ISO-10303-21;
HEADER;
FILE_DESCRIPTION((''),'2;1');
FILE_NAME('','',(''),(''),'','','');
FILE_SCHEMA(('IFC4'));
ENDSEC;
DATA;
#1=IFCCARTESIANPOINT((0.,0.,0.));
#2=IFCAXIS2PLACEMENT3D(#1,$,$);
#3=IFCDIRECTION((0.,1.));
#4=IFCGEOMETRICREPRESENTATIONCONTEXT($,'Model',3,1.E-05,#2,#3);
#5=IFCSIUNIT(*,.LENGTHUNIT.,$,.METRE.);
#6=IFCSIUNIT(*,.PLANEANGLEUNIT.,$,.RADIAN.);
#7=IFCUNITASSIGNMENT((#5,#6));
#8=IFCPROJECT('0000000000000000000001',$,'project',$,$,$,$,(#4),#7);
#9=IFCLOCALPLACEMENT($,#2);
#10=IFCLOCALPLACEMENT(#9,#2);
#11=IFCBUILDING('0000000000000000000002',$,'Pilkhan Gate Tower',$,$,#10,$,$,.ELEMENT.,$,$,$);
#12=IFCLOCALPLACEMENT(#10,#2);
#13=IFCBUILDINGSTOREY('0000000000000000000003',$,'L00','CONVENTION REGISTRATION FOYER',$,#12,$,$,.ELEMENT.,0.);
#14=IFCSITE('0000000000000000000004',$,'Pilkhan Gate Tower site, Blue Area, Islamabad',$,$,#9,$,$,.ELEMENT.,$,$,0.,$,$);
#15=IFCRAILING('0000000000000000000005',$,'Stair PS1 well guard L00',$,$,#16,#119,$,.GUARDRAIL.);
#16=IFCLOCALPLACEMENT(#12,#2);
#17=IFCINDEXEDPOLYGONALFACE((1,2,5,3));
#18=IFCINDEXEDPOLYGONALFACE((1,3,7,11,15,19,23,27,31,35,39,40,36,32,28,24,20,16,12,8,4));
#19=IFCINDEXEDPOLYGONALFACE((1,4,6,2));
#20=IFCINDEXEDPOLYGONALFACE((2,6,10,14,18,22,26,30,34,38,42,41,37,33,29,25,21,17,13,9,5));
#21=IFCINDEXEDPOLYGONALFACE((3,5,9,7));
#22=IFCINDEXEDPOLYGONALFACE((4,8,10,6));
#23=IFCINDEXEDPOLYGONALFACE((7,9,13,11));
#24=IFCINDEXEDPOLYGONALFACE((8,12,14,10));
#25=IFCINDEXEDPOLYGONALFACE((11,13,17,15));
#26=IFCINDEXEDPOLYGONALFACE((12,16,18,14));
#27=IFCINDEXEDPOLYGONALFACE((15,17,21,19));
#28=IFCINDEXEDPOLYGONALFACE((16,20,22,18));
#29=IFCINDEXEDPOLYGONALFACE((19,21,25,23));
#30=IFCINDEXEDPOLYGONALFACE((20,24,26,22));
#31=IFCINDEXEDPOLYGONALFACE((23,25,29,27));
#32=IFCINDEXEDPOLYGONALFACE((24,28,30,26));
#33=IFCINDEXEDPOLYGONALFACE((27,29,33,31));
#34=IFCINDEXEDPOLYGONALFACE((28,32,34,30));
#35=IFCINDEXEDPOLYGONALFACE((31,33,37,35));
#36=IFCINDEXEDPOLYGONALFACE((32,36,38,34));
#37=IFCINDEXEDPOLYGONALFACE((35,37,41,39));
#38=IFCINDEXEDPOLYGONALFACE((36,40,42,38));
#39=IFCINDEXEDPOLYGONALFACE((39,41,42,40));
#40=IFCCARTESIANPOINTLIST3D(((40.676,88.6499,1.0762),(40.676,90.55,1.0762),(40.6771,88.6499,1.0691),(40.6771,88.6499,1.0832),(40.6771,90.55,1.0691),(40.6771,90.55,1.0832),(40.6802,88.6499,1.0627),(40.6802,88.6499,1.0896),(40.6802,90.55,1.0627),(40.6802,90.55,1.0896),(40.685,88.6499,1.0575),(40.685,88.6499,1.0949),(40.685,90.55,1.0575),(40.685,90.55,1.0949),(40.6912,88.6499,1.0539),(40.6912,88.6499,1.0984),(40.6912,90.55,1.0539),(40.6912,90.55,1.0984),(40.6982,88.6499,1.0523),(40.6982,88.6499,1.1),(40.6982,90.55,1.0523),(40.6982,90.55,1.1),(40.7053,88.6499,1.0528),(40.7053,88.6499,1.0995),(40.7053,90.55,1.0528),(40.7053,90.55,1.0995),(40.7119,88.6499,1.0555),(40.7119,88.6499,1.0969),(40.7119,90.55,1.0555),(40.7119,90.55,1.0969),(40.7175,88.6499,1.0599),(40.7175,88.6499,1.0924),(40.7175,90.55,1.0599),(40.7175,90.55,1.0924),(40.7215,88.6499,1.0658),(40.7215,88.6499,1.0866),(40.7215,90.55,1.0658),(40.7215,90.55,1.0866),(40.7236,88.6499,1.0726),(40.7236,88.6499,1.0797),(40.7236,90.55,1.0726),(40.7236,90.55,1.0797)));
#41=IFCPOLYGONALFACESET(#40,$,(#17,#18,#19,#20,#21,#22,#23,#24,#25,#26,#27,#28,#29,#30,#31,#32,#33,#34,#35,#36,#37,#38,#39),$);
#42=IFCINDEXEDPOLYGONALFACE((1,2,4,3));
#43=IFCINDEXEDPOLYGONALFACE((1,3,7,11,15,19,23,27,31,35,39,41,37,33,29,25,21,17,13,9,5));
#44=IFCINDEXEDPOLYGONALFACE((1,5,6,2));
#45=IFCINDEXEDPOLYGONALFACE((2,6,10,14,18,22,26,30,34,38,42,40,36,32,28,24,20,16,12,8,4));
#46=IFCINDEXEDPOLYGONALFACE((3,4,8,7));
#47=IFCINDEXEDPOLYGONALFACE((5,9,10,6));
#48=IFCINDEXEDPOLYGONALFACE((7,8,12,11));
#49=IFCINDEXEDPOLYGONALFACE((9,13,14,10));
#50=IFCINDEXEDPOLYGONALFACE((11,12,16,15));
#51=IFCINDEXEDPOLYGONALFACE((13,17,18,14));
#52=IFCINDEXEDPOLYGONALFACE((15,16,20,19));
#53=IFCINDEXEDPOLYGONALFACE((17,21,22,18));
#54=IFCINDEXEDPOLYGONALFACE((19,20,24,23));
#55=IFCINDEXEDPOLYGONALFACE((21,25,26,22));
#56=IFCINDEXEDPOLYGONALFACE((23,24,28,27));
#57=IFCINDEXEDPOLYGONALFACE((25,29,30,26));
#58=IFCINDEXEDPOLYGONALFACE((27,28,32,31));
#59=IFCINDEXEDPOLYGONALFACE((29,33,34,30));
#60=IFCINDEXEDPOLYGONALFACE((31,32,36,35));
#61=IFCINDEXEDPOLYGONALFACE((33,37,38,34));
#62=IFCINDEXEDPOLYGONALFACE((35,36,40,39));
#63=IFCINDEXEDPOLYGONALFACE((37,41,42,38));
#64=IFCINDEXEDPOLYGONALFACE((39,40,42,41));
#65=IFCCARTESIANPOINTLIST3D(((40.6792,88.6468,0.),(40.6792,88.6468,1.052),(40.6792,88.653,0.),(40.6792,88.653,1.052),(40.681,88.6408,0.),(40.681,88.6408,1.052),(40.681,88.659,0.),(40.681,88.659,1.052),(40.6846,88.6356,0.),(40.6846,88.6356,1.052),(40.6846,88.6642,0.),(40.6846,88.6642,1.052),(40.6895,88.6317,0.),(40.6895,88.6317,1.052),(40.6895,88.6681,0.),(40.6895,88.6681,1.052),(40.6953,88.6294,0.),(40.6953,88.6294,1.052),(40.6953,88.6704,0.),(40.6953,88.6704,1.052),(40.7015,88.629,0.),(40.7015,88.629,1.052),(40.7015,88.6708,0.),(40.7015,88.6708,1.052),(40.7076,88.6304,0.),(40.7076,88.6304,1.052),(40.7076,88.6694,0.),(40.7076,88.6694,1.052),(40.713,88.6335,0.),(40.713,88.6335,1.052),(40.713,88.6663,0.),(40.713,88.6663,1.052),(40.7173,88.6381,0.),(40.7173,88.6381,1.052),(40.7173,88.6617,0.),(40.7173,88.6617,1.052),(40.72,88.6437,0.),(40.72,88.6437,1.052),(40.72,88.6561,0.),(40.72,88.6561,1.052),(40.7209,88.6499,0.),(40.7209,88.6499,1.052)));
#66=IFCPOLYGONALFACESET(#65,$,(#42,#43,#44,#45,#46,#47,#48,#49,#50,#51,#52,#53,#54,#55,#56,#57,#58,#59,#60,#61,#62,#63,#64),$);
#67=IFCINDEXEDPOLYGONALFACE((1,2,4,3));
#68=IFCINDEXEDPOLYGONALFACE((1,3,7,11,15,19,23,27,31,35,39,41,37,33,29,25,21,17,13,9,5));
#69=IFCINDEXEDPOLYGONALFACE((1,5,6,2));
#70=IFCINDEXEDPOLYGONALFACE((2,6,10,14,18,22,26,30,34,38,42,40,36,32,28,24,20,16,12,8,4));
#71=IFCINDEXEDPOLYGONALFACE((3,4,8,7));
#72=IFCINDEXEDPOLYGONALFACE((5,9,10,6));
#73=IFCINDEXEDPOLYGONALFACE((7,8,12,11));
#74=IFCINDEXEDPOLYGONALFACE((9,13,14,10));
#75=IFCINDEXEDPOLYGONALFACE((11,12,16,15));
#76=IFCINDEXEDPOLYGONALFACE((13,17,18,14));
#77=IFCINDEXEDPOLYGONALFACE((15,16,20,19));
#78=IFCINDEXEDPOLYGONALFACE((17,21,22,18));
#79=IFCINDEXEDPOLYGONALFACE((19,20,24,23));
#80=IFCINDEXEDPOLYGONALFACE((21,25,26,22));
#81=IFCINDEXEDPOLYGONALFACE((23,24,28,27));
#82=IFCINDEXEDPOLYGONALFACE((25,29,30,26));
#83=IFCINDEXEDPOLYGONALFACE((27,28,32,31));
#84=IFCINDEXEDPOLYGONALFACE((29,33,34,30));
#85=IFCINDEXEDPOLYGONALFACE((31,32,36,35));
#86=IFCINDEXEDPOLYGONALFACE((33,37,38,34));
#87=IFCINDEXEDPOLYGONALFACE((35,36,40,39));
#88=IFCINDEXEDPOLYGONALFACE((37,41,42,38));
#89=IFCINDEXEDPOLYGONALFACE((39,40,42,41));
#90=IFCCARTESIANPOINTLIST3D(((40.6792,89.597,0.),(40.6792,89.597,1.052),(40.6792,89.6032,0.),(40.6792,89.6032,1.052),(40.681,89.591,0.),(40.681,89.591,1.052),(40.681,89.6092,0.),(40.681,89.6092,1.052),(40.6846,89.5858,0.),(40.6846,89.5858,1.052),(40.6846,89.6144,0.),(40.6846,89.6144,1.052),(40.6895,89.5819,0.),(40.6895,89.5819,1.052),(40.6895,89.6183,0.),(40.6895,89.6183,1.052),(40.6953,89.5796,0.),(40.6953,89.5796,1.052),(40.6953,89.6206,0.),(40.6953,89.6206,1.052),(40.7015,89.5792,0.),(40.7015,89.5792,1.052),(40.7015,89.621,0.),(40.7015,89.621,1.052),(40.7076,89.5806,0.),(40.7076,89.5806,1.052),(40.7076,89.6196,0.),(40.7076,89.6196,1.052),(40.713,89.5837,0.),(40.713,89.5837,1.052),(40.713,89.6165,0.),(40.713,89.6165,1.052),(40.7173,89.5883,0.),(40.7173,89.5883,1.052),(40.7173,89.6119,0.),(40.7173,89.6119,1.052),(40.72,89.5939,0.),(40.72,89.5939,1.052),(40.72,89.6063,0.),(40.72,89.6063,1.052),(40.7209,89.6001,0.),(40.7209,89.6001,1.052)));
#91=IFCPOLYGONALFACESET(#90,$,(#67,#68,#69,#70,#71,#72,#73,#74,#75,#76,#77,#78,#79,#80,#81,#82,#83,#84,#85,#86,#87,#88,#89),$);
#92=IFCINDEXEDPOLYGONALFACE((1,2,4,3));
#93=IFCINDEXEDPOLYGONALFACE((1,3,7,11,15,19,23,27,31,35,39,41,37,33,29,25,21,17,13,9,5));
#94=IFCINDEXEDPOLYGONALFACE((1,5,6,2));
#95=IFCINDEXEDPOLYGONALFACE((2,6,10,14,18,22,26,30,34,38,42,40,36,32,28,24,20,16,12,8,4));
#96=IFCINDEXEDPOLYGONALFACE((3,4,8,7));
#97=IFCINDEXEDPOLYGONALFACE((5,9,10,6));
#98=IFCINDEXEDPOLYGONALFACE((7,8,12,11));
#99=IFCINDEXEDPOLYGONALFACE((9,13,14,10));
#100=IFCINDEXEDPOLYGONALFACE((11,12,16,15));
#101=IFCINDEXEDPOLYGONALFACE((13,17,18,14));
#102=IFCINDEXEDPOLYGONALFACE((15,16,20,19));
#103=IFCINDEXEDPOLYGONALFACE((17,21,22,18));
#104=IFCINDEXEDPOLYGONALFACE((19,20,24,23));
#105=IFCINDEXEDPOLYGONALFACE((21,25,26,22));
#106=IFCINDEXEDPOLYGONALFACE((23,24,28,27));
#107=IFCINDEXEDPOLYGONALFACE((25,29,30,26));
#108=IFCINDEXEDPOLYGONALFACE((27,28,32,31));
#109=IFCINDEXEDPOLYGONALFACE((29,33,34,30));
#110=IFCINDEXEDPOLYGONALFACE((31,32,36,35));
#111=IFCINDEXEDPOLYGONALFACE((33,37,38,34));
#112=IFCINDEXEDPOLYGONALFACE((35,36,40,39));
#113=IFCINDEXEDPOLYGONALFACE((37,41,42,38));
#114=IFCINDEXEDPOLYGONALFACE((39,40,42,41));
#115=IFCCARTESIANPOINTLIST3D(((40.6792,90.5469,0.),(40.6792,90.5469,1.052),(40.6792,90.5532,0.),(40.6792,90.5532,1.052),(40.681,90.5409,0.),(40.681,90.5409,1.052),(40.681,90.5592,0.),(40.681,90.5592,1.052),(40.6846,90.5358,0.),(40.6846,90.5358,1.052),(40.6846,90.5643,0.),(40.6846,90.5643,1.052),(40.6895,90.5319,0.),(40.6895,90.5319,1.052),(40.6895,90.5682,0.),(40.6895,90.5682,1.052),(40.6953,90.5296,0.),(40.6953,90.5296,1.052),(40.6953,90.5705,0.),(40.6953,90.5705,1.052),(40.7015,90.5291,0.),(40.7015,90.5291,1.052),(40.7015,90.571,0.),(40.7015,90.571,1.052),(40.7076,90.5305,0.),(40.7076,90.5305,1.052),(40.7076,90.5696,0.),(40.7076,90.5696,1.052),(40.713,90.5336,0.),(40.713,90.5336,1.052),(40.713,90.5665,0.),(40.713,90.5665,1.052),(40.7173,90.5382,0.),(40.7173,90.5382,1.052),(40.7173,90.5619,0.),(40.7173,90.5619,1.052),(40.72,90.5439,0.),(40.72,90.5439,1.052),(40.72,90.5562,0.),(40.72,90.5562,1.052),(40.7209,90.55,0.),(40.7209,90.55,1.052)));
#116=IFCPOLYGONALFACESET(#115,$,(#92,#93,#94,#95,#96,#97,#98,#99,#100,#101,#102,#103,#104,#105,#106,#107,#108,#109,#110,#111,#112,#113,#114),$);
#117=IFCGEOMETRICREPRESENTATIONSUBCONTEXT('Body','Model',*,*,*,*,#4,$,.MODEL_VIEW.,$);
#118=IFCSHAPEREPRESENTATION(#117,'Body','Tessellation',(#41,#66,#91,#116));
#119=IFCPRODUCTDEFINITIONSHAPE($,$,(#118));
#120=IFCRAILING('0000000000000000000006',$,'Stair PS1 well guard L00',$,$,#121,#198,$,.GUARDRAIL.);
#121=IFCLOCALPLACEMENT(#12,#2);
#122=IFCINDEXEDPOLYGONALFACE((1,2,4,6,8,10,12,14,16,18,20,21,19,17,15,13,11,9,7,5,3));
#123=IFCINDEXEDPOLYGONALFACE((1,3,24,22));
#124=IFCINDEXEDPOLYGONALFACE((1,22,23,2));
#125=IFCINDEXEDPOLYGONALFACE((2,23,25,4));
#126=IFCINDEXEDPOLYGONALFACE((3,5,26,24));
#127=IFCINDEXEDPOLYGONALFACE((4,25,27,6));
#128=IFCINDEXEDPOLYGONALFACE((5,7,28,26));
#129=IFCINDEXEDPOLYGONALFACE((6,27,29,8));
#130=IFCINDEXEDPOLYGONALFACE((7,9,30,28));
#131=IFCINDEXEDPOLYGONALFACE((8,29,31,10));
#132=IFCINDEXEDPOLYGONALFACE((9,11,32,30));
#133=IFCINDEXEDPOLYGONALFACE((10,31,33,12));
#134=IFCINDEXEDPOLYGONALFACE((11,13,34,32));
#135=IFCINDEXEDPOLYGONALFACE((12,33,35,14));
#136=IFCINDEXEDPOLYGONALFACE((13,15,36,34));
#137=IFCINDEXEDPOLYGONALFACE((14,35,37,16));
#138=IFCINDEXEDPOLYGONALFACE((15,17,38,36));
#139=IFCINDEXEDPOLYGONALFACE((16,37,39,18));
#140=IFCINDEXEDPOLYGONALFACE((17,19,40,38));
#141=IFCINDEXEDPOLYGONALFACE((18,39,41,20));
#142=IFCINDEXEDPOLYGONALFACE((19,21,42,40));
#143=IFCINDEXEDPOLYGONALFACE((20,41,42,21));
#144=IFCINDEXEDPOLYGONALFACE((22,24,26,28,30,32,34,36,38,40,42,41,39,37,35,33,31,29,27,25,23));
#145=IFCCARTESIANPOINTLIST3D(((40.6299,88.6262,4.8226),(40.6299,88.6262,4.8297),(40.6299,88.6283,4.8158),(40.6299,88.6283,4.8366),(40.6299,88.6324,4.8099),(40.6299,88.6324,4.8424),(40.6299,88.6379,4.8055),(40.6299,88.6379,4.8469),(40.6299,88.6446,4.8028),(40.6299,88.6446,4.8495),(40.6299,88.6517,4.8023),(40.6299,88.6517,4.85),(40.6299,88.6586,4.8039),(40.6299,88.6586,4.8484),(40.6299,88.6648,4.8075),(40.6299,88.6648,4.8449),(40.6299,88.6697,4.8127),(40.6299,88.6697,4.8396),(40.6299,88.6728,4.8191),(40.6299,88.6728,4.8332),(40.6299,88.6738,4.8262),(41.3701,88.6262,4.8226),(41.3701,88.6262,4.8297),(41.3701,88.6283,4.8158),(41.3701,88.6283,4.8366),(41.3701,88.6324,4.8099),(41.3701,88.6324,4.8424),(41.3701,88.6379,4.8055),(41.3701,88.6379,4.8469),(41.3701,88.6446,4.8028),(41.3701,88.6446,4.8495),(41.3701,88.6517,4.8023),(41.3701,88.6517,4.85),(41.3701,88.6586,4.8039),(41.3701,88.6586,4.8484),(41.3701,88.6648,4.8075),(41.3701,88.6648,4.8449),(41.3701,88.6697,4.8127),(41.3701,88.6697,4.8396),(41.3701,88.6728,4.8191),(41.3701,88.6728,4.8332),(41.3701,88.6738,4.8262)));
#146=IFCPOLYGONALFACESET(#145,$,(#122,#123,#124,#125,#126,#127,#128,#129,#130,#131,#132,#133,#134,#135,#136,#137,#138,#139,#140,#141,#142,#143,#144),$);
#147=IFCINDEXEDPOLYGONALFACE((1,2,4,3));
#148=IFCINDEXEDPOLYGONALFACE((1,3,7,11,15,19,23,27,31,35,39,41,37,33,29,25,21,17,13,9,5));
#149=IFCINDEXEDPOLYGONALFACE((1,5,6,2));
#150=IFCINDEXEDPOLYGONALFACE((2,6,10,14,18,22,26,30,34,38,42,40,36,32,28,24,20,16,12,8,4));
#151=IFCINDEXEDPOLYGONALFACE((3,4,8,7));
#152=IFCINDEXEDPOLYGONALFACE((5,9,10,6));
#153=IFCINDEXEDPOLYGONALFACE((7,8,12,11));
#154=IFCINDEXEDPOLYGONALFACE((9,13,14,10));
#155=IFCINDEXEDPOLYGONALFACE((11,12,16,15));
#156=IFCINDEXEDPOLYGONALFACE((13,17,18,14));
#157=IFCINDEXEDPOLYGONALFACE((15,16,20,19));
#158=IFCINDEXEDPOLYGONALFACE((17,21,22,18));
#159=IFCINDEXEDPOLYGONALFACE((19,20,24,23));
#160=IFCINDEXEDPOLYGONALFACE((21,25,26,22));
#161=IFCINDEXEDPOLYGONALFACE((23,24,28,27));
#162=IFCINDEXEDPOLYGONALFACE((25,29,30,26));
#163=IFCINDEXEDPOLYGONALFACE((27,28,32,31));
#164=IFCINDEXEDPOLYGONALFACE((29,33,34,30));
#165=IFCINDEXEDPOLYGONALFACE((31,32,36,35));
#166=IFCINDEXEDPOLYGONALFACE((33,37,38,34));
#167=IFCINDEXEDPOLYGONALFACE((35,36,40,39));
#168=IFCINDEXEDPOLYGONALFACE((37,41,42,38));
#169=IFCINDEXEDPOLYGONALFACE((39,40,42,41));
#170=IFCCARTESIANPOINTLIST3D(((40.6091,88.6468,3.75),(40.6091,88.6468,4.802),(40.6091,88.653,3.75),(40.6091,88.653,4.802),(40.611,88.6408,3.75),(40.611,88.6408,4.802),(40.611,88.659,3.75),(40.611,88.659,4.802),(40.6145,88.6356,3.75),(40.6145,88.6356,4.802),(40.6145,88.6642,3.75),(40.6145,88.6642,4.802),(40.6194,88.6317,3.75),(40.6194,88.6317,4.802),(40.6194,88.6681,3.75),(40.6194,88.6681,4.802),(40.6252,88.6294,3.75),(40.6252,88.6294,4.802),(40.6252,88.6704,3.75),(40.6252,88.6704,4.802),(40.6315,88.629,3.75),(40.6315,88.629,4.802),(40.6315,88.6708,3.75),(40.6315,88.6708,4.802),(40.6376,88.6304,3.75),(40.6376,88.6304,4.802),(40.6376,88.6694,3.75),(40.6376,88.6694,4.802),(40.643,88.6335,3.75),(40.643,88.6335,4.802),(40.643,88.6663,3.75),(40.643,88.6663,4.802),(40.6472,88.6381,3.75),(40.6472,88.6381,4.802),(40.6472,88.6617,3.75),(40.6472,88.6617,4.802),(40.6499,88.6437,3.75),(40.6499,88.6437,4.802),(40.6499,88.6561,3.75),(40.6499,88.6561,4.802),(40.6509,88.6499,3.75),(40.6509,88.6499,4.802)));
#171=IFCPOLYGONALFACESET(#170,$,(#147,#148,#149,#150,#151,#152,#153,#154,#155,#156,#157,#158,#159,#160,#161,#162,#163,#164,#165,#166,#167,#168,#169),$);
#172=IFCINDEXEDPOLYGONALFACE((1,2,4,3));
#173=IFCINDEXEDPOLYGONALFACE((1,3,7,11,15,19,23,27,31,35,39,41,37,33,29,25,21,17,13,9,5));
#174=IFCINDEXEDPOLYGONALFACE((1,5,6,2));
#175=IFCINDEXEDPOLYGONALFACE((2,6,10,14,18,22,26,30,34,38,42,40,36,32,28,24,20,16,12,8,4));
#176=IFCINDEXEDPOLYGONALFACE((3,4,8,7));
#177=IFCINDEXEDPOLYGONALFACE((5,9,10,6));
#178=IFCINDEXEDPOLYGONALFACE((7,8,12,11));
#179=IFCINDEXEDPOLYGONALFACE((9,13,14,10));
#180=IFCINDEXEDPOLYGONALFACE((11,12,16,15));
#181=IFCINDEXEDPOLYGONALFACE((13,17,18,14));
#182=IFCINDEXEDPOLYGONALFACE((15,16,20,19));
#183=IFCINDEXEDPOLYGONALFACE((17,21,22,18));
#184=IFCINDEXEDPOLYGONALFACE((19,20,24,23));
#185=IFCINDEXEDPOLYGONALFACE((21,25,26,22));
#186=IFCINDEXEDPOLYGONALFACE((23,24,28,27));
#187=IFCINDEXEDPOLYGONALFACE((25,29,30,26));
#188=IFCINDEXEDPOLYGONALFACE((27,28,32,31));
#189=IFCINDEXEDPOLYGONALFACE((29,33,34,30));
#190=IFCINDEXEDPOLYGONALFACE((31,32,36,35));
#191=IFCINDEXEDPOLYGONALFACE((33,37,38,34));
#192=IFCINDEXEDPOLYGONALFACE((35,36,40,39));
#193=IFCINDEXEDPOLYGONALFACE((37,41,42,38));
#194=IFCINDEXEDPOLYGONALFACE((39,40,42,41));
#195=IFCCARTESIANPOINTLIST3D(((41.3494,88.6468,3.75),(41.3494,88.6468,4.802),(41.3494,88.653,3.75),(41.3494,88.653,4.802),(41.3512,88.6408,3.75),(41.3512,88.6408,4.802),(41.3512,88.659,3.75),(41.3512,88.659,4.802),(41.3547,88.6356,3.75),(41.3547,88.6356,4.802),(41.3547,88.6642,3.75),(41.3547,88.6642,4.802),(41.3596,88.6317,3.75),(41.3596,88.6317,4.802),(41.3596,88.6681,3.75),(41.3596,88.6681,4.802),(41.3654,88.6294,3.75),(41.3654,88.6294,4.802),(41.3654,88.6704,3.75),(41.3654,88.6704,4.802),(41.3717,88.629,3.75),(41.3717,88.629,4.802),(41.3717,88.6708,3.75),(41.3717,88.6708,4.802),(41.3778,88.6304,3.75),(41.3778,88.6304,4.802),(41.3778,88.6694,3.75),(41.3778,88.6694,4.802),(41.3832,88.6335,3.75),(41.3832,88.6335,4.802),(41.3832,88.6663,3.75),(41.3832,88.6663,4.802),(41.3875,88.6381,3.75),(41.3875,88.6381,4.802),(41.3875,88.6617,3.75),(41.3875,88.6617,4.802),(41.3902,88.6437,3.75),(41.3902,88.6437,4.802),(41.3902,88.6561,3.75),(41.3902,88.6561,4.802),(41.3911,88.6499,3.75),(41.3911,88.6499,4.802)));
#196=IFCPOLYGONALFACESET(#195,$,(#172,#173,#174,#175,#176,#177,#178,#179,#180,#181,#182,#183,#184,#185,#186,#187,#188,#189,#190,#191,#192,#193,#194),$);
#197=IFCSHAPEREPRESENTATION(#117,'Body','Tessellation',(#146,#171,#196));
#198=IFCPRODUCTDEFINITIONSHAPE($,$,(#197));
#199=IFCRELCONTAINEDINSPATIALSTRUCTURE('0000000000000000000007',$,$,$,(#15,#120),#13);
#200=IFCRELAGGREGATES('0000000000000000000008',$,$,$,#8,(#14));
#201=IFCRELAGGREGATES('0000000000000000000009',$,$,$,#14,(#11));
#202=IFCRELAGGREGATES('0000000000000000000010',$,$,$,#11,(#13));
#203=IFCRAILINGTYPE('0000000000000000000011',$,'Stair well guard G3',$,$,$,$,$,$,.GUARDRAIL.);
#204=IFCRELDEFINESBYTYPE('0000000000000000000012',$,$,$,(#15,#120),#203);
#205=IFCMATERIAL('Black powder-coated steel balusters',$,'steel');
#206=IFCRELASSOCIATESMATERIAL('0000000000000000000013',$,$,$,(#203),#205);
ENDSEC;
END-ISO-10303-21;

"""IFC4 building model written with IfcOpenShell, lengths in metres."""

from ifc_helpers import new_model, si_unit, direction, frame, origin, origin_2d, place, context, subcontext, project, spatial, circle, extrude, material, type_object, element, save


model = new_model("IFC4")

# Units and contexts
model_context = context("Model", 3, precision=1e-05, world=origin(), true_north=direction((0.0, 1.0)))
body_context = subcontext(model_context, "Body", "Model", "MODEL_VIEW")
ifc_project = project(units=[si_unit("LENGTHUNIT", "METRE"), si_unit("PLANEANGLEUNIT", "RADIAN")], contexts=[model_context])

# Site, building, storey
site_placement = place(None, origin())
site = spatial("IfcSite", under=ifc_project, at=site_placement, Name="Pilkhan Gate Tower site, Blue Area, Islamabad", CompositionType="ELEMENT", RefElevation=0.0)
building_placement = place(site_placement, origin())
building = spatial("IfcBuilding", under=site, at=building_placement, Name="Pilkhan Gate Tower", CompositionType="ELEMENT")
storey_placement = place(building_placement, origin())
storey = spatial("IfcBuildingStorey", under=building, at=storey_placement, Name="L00", Description="CONVENTION REGISTRATION FOYER", CompositionType="ELEMENT", Elevation=0.0)

# Railings
ifc_material_1 = material(Name="Black powder-coated steel balusters", Category="steel")
railing_type_1 = type_object("IfcRailingType", Name="Stair well guard G3", PredefinedType="GUARDRAIL", material=ifc_material_1)
railing_1_placement = place(storey_placement, frame((40.7, 88.6499, 0.0)))
element("IfcRailing", 1, at=railing_1_placement, inside=storey, type_object=railing_type_1, Name="Stair PS1 well guard L00", PredefinedType="GUARDRAIL", context=body_context, shape_type="SweptSolid", body=[
    extrude(circle(Radius=0.0239, at=origin_2d()), frame((0.0, 0.0, 1.0762), z_axis=(0.0, 1.0, 0.0), x_axis=(-1.0, 0.0, 0.0)), (0.0, 0.0, 1.0), 1.9001),
    extrude(circle(Radius=0.021, at=origin_2d()), origin(), (0.0, 0.0, 1.0), 1.052),
    extrude(circle(Radius=0.021, at=origin_2d()), frame((0.0, 0.9502, 0.0)), (0.0, 0.0, 1.0), 1.052),
    extrude(circle(Radius=0.021, at=origin_2d()), frame((0.0, 1.9001, 0.0)), (0.0, 0.0, 1.0), 1.052),
])
railing_2_placement = place(storey_placement, frame((40.6299, 88.6499, 3.75)))
element("IfcRailing", 2, at=railing_2_placement, inside=storey, type_object=railing_type_1, Name="Stair PS1 well guard L00", PredefinedType="GUARDRAIL", context=body_context, shape_type="SweptSolid", body=[
    extrude(circle(Radius=0.0239, at=origin_2d()), frame((0.0, 0.0, 1.0762), z_axis=(1.0, 0.0, 0.0), x_axis=(0.0, 1.0, 0.0)), (0.0, 0.0, 1.0), 0.7402),
    extrude(circle(Radius=0.021, at=origin_2d()), origin(), (0.0, 0.0, 1.0), 1.052),
    extrude(circle(Radius=0.021, at=origin_2d()), frame((0.7402, 0.0, 0.0)), (0.0, 0.0, 1.0), 1.052),
])

save(model, "model.ifc")
